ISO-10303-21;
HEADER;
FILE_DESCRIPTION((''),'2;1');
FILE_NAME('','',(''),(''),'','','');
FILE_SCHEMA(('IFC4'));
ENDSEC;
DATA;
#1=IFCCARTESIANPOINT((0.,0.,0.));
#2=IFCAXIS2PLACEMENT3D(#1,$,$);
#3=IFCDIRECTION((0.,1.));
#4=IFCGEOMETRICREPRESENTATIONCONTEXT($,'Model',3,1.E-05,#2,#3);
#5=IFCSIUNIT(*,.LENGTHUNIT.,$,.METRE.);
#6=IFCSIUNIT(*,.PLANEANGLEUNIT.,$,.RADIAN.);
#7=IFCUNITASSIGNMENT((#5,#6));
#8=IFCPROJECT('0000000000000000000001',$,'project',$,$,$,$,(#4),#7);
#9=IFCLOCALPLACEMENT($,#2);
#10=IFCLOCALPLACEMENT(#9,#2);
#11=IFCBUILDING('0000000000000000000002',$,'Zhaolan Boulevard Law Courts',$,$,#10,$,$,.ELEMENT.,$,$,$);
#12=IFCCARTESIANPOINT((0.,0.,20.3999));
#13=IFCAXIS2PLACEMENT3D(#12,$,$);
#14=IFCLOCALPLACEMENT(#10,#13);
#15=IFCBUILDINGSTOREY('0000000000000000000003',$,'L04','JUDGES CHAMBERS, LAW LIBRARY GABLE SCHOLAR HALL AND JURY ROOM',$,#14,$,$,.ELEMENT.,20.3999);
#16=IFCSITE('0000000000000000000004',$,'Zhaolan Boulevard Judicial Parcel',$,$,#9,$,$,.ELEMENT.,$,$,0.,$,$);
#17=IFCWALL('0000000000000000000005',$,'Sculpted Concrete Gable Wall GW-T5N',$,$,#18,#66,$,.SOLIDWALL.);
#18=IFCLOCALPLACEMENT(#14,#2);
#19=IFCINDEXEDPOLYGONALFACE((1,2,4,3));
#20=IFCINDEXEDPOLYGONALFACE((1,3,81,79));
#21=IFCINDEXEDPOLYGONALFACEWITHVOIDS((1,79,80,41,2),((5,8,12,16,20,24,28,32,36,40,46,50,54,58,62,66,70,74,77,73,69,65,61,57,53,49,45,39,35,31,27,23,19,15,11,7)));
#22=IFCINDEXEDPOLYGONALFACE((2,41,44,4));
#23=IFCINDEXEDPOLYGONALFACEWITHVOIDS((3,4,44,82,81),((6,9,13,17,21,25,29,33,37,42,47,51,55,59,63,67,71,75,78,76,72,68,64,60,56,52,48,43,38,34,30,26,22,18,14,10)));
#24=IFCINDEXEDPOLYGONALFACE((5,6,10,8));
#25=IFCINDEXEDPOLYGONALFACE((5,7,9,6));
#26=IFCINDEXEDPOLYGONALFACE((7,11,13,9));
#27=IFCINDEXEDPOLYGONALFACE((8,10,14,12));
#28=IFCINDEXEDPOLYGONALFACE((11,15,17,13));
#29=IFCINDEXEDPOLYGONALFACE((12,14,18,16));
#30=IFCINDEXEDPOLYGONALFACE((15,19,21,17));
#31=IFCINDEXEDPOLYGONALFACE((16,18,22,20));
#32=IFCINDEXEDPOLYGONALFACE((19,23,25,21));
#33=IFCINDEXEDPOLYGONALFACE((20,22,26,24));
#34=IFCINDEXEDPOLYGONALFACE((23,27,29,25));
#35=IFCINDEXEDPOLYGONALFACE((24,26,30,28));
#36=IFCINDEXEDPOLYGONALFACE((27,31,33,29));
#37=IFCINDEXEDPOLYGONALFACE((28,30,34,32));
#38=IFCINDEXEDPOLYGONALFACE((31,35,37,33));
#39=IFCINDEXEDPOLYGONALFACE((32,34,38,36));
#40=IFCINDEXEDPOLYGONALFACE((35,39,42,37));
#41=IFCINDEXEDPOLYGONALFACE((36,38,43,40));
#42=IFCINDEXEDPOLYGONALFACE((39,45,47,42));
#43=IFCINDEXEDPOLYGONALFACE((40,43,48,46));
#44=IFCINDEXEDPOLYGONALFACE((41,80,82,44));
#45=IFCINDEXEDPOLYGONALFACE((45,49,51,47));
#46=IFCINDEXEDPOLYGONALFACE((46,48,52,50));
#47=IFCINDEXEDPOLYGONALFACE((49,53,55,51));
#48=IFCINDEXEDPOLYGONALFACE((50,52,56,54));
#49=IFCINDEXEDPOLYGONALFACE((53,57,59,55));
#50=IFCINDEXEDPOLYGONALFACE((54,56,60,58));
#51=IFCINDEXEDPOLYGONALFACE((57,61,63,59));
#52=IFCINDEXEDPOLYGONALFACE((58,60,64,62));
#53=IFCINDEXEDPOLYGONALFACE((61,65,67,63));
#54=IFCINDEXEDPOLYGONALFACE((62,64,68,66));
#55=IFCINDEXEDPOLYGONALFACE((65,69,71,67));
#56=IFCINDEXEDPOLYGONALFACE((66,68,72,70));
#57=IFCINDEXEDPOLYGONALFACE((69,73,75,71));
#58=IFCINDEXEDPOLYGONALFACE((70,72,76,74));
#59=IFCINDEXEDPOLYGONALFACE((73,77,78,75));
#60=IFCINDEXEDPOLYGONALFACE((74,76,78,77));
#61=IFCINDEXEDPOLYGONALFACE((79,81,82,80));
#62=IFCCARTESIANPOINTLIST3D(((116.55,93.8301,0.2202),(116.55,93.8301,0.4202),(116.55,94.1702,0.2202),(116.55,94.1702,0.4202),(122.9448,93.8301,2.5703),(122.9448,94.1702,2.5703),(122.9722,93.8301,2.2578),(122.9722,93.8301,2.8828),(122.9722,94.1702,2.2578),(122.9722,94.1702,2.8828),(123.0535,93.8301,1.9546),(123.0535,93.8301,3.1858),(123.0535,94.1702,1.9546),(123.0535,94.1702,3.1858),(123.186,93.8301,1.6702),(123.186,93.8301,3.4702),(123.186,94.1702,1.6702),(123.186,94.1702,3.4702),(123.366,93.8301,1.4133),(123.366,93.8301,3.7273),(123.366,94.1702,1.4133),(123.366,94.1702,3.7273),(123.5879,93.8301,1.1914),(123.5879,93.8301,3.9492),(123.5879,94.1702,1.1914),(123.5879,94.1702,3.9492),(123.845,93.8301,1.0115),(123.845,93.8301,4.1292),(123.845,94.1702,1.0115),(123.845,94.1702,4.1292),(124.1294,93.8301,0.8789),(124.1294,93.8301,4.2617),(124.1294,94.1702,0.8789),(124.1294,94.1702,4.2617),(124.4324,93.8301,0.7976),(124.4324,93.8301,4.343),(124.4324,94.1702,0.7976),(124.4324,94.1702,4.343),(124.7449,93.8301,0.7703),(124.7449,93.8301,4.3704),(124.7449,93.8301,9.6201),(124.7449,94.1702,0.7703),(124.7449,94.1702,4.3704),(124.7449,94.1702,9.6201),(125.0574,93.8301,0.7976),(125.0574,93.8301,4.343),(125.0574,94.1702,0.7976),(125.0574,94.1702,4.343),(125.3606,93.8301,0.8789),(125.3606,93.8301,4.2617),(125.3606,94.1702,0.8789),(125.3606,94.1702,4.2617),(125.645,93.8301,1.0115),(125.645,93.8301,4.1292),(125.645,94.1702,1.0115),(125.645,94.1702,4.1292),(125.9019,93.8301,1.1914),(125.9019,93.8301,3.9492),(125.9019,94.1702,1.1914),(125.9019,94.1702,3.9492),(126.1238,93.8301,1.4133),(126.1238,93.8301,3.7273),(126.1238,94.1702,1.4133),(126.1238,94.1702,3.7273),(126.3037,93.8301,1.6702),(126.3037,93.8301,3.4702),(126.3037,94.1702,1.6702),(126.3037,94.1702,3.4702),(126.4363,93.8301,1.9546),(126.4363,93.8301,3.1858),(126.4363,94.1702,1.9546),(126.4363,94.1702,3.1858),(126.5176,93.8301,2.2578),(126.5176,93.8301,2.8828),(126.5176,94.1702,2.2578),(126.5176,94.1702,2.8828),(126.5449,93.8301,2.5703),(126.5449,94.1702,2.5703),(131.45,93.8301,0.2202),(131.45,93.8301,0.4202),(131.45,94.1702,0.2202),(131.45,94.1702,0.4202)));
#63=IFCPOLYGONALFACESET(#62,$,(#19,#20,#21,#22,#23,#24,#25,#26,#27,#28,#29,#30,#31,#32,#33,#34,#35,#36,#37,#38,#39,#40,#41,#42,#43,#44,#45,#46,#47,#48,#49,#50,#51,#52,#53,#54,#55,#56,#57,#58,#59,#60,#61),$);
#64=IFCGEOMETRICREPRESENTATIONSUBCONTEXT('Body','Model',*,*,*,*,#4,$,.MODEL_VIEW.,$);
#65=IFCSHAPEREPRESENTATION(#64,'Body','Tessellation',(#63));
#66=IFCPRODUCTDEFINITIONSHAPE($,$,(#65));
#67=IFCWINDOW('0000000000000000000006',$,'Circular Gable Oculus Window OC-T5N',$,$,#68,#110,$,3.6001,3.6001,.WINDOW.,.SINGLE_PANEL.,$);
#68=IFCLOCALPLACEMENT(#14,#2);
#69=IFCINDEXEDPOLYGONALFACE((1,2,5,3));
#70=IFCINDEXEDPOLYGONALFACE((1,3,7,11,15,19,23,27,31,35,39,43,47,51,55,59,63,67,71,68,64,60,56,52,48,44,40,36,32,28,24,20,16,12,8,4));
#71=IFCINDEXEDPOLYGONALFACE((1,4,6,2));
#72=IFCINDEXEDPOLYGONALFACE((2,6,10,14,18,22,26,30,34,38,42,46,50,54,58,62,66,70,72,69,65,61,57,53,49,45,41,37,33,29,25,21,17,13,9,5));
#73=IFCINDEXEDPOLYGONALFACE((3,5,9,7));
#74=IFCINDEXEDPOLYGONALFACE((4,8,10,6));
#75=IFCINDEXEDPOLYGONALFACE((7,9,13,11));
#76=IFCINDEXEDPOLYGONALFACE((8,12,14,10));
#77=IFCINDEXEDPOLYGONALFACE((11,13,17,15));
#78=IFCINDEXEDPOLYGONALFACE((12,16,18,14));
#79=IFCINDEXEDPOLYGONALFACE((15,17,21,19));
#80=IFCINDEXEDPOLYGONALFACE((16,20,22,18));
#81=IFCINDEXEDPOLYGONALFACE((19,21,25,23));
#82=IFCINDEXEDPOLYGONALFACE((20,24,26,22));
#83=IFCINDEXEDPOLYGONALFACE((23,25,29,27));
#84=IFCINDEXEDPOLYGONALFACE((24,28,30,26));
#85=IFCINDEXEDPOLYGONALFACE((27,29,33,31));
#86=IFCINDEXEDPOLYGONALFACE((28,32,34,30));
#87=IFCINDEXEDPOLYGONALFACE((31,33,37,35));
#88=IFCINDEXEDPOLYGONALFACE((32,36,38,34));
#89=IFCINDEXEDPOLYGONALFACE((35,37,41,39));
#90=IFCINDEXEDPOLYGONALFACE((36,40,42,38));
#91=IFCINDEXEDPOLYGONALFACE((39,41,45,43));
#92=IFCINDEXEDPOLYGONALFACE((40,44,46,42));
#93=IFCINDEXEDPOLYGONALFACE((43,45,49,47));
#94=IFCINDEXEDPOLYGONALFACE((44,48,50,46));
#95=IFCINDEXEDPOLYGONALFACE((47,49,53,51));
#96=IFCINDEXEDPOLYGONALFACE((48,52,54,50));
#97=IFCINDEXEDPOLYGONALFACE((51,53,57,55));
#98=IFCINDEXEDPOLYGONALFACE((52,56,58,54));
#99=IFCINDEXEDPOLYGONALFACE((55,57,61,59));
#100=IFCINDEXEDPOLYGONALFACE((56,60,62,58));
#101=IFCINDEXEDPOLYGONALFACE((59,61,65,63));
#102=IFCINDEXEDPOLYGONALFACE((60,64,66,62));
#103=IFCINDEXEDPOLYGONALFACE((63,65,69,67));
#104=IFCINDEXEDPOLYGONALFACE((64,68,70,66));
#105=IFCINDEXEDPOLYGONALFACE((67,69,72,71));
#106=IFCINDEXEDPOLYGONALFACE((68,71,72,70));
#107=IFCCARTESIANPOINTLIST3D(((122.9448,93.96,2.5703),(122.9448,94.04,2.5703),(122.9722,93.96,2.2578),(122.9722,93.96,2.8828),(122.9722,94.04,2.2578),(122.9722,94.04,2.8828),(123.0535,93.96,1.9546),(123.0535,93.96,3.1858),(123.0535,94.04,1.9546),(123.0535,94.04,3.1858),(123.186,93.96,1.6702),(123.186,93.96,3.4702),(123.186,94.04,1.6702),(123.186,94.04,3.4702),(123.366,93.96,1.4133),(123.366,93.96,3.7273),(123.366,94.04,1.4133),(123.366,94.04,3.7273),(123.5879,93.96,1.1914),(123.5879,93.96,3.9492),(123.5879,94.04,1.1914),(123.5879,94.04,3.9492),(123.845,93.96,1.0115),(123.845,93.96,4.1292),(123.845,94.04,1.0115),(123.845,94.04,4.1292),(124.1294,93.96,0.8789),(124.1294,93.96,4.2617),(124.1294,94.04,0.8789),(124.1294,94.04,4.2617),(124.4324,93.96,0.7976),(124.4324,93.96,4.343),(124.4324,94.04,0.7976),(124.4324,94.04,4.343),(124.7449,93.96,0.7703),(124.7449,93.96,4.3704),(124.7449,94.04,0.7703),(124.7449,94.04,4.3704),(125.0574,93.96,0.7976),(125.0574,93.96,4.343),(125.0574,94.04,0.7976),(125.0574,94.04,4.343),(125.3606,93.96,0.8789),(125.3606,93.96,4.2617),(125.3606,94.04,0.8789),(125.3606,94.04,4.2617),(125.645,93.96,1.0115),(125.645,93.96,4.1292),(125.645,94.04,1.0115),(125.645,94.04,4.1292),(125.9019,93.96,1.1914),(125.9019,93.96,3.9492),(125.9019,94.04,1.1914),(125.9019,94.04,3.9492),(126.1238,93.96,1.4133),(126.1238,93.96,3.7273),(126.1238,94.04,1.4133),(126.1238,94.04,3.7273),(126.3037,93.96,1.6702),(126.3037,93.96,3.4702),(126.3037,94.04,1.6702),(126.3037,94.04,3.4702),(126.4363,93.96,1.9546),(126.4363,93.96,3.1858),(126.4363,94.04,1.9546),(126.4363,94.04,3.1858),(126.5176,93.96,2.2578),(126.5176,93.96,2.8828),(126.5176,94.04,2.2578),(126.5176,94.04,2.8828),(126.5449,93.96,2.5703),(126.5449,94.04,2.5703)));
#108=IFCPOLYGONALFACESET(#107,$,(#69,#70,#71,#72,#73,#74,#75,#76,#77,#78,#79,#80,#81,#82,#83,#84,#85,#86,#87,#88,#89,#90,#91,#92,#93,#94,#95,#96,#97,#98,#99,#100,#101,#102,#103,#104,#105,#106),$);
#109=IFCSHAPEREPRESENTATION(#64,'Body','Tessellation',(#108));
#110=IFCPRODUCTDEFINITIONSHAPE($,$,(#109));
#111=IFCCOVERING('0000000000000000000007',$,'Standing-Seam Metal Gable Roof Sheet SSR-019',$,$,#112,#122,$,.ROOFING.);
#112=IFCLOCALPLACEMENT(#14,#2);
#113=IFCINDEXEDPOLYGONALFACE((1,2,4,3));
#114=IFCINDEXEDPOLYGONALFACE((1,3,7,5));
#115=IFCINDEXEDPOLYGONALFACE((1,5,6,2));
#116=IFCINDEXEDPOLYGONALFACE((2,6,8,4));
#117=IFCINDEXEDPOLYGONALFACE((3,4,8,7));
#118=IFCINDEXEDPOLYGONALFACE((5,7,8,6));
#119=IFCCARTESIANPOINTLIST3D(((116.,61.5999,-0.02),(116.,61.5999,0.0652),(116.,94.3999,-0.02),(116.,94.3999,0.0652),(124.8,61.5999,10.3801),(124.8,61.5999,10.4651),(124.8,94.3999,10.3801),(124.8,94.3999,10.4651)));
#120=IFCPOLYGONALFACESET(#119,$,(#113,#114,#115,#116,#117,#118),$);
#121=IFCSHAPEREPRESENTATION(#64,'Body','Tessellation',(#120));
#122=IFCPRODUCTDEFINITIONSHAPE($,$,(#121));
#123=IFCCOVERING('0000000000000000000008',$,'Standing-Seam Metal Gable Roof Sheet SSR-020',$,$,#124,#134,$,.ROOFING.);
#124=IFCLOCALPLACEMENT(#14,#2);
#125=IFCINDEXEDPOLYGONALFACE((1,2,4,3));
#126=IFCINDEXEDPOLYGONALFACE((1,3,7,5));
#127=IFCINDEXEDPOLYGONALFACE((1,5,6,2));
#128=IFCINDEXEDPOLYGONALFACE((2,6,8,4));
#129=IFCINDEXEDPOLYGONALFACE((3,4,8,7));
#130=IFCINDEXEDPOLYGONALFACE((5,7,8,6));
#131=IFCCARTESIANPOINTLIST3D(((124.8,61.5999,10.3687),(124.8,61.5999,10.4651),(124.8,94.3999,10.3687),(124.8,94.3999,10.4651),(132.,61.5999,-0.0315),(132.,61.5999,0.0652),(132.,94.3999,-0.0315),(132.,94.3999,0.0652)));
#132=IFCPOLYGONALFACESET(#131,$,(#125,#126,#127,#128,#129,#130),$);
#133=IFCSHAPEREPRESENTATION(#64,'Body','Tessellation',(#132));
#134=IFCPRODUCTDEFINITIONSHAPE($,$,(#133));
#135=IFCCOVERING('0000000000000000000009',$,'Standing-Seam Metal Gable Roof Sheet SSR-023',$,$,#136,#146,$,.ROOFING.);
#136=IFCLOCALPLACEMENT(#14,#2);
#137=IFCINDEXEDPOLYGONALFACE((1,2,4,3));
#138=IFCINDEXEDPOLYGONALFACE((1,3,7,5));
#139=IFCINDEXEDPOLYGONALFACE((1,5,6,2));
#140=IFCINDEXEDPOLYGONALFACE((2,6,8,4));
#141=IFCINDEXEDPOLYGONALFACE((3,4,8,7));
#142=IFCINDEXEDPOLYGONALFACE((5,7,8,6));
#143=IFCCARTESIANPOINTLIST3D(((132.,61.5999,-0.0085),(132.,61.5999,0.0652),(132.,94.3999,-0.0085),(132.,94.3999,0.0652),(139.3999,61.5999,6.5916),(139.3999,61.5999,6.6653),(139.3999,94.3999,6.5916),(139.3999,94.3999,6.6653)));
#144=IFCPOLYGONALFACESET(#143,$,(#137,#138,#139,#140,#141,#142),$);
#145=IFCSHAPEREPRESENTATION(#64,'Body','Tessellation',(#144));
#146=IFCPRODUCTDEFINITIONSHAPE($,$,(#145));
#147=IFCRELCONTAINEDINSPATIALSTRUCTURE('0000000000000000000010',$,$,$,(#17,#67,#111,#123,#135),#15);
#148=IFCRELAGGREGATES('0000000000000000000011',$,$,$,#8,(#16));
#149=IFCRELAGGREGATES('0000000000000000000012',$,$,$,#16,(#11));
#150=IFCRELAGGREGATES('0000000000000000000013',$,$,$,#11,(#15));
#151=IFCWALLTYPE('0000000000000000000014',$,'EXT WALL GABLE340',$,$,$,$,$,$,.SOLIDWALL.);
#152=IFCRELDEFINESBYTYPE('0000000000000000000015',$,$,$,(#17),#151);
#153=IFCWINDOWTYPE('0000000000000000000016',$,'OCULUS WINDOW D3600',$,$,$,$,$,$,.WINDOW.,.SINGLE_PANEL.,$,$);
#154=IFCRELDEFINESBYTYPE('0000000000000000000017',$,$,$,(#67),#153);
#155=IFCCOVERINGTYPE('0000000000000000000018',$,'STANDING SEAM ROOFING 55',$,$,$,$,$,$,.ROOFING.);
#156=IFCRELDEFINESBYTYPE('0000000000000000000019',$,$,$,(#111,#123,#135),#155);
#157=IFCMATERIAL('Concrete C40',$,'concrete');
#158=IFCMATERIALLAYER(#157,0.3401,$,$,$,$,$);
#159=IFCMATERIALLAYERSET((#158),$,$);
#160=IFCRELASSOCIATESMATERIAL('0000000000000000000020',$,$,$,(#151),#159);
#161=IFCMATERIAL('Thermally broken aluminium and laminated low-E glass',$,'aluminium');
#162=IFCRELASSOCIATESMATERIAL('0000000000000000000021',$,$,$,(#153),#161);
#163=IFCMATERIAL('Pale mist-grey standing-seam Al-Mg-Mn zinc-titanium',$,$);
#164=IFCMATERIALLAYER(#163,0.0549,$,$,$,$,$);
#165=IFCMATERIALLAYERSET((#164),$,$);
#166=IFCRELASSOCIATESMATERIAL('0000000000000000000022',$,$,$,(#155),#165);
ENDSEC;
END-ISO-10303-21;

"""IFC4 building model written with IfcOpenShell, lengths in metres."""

from ifc_helpers import new_model, si_unit, direction, frame, origin, place, context, subcontext, project, spatial, polyline, outline, extrude, material, layer, layer_set, type_object, element, fill, save


model = new_model("IFC4")

# Units and contexts
model_context = context("Model", 3, precision=1e-05, world=origin(), true_north=direction((0.0, 1.0)))
body_context = subcontext(model_context, "Body", "Model", "MODEL_VIEW")
ifc_project = project(units=[si_unit("LENGTHUNIT", "METRE"), si_unit("PLANEANGLEUNIT", "RADIAN")], contexts=[model_context])

# Site, building, storey
site_placement = place(None, origin())
site = spatial("IfcSite", under=ifc_project, at=site_placement, Name="Zhaolan Boulevard Judicial Parcel", CompositionType="ELEMENT", RefElevation=0.0)
building_placement = place(site_placement, origin())
building = spatial("IfcBuilding", under=site, at=building_placement, Name="Zhaolan Boulevard Law Courts", CompositionType="ELEMENT")
storey_placement = place(building_placement, frame((0.0, 0.0, 20.3999)))
storey = spatial("IfcBuildingStorey", under=building, at=storey_placement, Name="L04", Description="JUDGES CHAMBERS, LAW LIBRARY GABLE SCHOLAR HALL AND JURY ROOM", CompositionType="ELEMENT", Elevation=20.3999)

# Wall, opening, window
ifc_material_1 = material(Name="Concrete C40", Category="concrete")
ifc_layer_1 = layer(ifc_material_1, 0.3401)
ifc_layer_set_1 = layer_set([ifc_layer_1])
wall_type = type_object("IfcWallType", Name="EXT WALL GABLE340", PredefinedType="SOLIDWALL", material=ifc_layer_set_1)
wall_1_placement = place(storey_placement, frame((131.45, 94.0, 0.2202), z_axis=(0.0, 0.0, 1.0), x_axis=(-1.0, 0.0, 0.0)))
wall_1 = element("IfcWall", 1, at=wall_1_placement, inside=storey, type_object=wall_type, Name="Sculpted Concrete Gable Wall GW-T5N", PredefinedType="SOLIDWALL", context=body_context, shape_type="SweptSolid", body=[
    extrude(outline(polyline([(0.0, 0.0), (14.8999, 0.0), (14.8999, 0.2), (6.7051, 9.3999), (0.0, 0.2), (0.0, 0.0)])), frame((0.0, 0.1699, 0.0), z_axis=(0.0, -1.0, 0.0), x_axis=(1.0, 0.0, 0.0)), (0.0, 0.0, 1.0), 0.3401),
])
opening_1_placement = place(wall_1_placement, frame((4.905, 0.0, 0.55)))
opening_1 = element("IfcOpeningElement", 2, at=opening_1_placement, cuts=wall_1, PredefinedType="OPENING", context=body_context, shape_type="SweptSolid", body=[
    extrude(outline(polyline([(3.6001, 1.8), (3.5728, 2.1125), (3.4915, 2.4155), (3.3589, 2.7), (3.179, 2.957), (2.957, 3.179), (2.7, 3.3589), (2.4155, 3.4915), (2.1125, 3.5728), (1.8, 3.6001), (1.4875, 3.5728), (1.1843, 3.4915), (0.8999, 3.3589), (0.6431, 3.179), (0.4211, 2.957), (0.2412, 2.7), (0.1086, 2.4155), (0.0273, 2.1125), (0.0, 1.8), (0.0273, 1.4875), (0.1086, 1.1843), (0.2412, 0.8999), (0.4211, 0.6431), (0.6431, 0.4211), (0.8999, 0.2412), (1.1843, 0.1086), (1.4875, 0.0273), (1.8, 0.0), (2.1125, 0.0273), (2.4155, 0.1086), (2.7, 0.2412), (2.957, 0.4211), (3.179, 0.6431), (3.3589, 0.8999), (3.4915, 1.1843), (3.5728, 1.4875), (3.6001, 1.8)])), frame((0.0, 0.1799, 0.0), z_axis=(0.0, -1.0, 0.0), x_axis=(1.0, 0.0, 0.0)), (0.0, 0.0, 1.0), 0.3601),
])
ifc_material_2 = material(Name="Thermally broken aluminium and laminated low-E glass", Category="aluminium")
window_type_1 = type_object("IfcWindowType", Name="OCULUS WINDOW D3600", PartitioningType="SINGLE_PANEL", PredefinedType="WINDOW", material=ifc_material_2)
window_1_placement = place(opening_1_placement, origin())
window_1 = element("IfcWindow", 3, at=window_1_placement, inside=storey, type_object=window_type_1, Name="Circular Gable Oculus Window OC-T5N", OverallHeight=3.6001, OverallWidth=3.6001, PartitioningType="SINGLE_PANEL", PredefinedType="WINDOW", context=body_context, shape_type="SweptSolid", body=[
    extrude(outline(polyline([(3.6001, 1.8), (3.5728, 2.1125), (3.4915, 2.4155), (3.3589, 2.7), (3.179, 2.957), (2.957, 3.179), (2.7, 3.3589), (2.4155, 3.4915), (2.1125, 3.5728), (1.8, 3.6001), (1.4875, 3.5728), (1.1843, 3.4915), (0.8999, 3.3589), (0.6431, 3.179), (0.4211, 2.957), (0.2412, 2.7), (0.1086, 2.4155), (0.0273, 2.1125), (0.0, 1.8), (0.0273, 1.4875), (0.1086, 1.1843), (0.2412, 0.8999), (0.4211, 0.6431), (0.6431, 0.4211), (0.8999, 0.2412), (1.1843, 0.1086), (1.4875, 0.0273), (1.8, 0.0), (2.1125, 0.0273), (2.4155, 0.1086), (2.7, 0.2412), (2.957, 0.4211), (3.179, 0.6431), (3.3589, 0.8999), (3.4915, 1.1843), (3.5728, 1.4875), (3.6001, 1.8)])), frame((0.0, 0.04, 0.0), z_axis=(0.0, -1.0, 0.0), x_axis=(1.0, 0.0, 0.0)), (0.0, 0.0, 1.0), 0.0801),
])
fill(opening_1, window_1)

# Coverings
ifc_material_3 = material(Name="Pale mist-grey standing-seam Al-Mg-Mn zinc-titanium")
ifc_layer_2 = layer(ifc_material_3, 0.0549)
ifc_layer_set_2 = layer_set([ifc_layer_2])
covering_type = type_object("IfcCoveringType", Name="STANDING SEAM ROOFING 55", PredefinedType="ROOFING", material=ifc_layer_set_2)
covering_1_placement = place(storey_placement, frame((116.0, 94.3999, 0.0652), z_axis=(0.0, -1.0, 0.0), x_axis=(1.0, 0.0, 0.0)))
element("IfcCovering", 4, at=covering_1_placement, inside=storey, type_object=covering_type, Name="Standing-Seam Metal Gable Roof Sheet SSR-019", PredefinedType="ROOFING", context=body_context, shape_type="SweptSolid", body=[
    extrude(outline(polyline([(0.0, 0.0), (8.8, 10.3999), (8.8, 10.3149), (0.0, -0.0852), (0.0, 0.0)])), origin(), (0.0, 0.0, 1.0), 32.8),
])
covering_2_placement = place(storey_placement, frame((124.8, 94.3999, 0.0652), z_axis=(0.0, -1.0, 0.0), x_axis=(1.0, 0.0, 0.0)))
element("IfcCovering", 5, at=covering_2_placement, inside=storey, type_object=covering_type, Name="Standing-Seam Metal Gable Roof Sheet SSR-020", PredefinedType="ROOFING", context=body_context, shape_type="SweptSolid", body=[
    extrude(outline(polyline([(0.0, 10.3999), (7.2, 0.0), (7.2, -0.0967), (0.0, 10.3035), (0.0, 10.3999)])), origin(), (0.0, 0.0, 1.0), 32.8),
])
covering_3_placement = place(storey_placement, frame((132.0, 94.3999, 0.0652), z_axis=(0.0, -1.0, 0.0), x_axis=(1.0, 0.0, 0.0)))
element("IfcCovering", 6, at=covering_3_placement, inside=storey, type_object=covering_type, Name="Standing-Seam Metal Gable Roof Sheet SSR-023", PredefinedType="ROOFING", context=body_context, shape_type="SweptSolid", body=[
    extrude(outline(polyline([(0.0, 0.0), (7.3999, 6.6001), (7.3999, 6.5264), (0.0, -0.0737), (0.0, 0.0)])), origin(), (0.0, 0.0, 1.0), 32.8),
])

save(model, "model.ifc")
